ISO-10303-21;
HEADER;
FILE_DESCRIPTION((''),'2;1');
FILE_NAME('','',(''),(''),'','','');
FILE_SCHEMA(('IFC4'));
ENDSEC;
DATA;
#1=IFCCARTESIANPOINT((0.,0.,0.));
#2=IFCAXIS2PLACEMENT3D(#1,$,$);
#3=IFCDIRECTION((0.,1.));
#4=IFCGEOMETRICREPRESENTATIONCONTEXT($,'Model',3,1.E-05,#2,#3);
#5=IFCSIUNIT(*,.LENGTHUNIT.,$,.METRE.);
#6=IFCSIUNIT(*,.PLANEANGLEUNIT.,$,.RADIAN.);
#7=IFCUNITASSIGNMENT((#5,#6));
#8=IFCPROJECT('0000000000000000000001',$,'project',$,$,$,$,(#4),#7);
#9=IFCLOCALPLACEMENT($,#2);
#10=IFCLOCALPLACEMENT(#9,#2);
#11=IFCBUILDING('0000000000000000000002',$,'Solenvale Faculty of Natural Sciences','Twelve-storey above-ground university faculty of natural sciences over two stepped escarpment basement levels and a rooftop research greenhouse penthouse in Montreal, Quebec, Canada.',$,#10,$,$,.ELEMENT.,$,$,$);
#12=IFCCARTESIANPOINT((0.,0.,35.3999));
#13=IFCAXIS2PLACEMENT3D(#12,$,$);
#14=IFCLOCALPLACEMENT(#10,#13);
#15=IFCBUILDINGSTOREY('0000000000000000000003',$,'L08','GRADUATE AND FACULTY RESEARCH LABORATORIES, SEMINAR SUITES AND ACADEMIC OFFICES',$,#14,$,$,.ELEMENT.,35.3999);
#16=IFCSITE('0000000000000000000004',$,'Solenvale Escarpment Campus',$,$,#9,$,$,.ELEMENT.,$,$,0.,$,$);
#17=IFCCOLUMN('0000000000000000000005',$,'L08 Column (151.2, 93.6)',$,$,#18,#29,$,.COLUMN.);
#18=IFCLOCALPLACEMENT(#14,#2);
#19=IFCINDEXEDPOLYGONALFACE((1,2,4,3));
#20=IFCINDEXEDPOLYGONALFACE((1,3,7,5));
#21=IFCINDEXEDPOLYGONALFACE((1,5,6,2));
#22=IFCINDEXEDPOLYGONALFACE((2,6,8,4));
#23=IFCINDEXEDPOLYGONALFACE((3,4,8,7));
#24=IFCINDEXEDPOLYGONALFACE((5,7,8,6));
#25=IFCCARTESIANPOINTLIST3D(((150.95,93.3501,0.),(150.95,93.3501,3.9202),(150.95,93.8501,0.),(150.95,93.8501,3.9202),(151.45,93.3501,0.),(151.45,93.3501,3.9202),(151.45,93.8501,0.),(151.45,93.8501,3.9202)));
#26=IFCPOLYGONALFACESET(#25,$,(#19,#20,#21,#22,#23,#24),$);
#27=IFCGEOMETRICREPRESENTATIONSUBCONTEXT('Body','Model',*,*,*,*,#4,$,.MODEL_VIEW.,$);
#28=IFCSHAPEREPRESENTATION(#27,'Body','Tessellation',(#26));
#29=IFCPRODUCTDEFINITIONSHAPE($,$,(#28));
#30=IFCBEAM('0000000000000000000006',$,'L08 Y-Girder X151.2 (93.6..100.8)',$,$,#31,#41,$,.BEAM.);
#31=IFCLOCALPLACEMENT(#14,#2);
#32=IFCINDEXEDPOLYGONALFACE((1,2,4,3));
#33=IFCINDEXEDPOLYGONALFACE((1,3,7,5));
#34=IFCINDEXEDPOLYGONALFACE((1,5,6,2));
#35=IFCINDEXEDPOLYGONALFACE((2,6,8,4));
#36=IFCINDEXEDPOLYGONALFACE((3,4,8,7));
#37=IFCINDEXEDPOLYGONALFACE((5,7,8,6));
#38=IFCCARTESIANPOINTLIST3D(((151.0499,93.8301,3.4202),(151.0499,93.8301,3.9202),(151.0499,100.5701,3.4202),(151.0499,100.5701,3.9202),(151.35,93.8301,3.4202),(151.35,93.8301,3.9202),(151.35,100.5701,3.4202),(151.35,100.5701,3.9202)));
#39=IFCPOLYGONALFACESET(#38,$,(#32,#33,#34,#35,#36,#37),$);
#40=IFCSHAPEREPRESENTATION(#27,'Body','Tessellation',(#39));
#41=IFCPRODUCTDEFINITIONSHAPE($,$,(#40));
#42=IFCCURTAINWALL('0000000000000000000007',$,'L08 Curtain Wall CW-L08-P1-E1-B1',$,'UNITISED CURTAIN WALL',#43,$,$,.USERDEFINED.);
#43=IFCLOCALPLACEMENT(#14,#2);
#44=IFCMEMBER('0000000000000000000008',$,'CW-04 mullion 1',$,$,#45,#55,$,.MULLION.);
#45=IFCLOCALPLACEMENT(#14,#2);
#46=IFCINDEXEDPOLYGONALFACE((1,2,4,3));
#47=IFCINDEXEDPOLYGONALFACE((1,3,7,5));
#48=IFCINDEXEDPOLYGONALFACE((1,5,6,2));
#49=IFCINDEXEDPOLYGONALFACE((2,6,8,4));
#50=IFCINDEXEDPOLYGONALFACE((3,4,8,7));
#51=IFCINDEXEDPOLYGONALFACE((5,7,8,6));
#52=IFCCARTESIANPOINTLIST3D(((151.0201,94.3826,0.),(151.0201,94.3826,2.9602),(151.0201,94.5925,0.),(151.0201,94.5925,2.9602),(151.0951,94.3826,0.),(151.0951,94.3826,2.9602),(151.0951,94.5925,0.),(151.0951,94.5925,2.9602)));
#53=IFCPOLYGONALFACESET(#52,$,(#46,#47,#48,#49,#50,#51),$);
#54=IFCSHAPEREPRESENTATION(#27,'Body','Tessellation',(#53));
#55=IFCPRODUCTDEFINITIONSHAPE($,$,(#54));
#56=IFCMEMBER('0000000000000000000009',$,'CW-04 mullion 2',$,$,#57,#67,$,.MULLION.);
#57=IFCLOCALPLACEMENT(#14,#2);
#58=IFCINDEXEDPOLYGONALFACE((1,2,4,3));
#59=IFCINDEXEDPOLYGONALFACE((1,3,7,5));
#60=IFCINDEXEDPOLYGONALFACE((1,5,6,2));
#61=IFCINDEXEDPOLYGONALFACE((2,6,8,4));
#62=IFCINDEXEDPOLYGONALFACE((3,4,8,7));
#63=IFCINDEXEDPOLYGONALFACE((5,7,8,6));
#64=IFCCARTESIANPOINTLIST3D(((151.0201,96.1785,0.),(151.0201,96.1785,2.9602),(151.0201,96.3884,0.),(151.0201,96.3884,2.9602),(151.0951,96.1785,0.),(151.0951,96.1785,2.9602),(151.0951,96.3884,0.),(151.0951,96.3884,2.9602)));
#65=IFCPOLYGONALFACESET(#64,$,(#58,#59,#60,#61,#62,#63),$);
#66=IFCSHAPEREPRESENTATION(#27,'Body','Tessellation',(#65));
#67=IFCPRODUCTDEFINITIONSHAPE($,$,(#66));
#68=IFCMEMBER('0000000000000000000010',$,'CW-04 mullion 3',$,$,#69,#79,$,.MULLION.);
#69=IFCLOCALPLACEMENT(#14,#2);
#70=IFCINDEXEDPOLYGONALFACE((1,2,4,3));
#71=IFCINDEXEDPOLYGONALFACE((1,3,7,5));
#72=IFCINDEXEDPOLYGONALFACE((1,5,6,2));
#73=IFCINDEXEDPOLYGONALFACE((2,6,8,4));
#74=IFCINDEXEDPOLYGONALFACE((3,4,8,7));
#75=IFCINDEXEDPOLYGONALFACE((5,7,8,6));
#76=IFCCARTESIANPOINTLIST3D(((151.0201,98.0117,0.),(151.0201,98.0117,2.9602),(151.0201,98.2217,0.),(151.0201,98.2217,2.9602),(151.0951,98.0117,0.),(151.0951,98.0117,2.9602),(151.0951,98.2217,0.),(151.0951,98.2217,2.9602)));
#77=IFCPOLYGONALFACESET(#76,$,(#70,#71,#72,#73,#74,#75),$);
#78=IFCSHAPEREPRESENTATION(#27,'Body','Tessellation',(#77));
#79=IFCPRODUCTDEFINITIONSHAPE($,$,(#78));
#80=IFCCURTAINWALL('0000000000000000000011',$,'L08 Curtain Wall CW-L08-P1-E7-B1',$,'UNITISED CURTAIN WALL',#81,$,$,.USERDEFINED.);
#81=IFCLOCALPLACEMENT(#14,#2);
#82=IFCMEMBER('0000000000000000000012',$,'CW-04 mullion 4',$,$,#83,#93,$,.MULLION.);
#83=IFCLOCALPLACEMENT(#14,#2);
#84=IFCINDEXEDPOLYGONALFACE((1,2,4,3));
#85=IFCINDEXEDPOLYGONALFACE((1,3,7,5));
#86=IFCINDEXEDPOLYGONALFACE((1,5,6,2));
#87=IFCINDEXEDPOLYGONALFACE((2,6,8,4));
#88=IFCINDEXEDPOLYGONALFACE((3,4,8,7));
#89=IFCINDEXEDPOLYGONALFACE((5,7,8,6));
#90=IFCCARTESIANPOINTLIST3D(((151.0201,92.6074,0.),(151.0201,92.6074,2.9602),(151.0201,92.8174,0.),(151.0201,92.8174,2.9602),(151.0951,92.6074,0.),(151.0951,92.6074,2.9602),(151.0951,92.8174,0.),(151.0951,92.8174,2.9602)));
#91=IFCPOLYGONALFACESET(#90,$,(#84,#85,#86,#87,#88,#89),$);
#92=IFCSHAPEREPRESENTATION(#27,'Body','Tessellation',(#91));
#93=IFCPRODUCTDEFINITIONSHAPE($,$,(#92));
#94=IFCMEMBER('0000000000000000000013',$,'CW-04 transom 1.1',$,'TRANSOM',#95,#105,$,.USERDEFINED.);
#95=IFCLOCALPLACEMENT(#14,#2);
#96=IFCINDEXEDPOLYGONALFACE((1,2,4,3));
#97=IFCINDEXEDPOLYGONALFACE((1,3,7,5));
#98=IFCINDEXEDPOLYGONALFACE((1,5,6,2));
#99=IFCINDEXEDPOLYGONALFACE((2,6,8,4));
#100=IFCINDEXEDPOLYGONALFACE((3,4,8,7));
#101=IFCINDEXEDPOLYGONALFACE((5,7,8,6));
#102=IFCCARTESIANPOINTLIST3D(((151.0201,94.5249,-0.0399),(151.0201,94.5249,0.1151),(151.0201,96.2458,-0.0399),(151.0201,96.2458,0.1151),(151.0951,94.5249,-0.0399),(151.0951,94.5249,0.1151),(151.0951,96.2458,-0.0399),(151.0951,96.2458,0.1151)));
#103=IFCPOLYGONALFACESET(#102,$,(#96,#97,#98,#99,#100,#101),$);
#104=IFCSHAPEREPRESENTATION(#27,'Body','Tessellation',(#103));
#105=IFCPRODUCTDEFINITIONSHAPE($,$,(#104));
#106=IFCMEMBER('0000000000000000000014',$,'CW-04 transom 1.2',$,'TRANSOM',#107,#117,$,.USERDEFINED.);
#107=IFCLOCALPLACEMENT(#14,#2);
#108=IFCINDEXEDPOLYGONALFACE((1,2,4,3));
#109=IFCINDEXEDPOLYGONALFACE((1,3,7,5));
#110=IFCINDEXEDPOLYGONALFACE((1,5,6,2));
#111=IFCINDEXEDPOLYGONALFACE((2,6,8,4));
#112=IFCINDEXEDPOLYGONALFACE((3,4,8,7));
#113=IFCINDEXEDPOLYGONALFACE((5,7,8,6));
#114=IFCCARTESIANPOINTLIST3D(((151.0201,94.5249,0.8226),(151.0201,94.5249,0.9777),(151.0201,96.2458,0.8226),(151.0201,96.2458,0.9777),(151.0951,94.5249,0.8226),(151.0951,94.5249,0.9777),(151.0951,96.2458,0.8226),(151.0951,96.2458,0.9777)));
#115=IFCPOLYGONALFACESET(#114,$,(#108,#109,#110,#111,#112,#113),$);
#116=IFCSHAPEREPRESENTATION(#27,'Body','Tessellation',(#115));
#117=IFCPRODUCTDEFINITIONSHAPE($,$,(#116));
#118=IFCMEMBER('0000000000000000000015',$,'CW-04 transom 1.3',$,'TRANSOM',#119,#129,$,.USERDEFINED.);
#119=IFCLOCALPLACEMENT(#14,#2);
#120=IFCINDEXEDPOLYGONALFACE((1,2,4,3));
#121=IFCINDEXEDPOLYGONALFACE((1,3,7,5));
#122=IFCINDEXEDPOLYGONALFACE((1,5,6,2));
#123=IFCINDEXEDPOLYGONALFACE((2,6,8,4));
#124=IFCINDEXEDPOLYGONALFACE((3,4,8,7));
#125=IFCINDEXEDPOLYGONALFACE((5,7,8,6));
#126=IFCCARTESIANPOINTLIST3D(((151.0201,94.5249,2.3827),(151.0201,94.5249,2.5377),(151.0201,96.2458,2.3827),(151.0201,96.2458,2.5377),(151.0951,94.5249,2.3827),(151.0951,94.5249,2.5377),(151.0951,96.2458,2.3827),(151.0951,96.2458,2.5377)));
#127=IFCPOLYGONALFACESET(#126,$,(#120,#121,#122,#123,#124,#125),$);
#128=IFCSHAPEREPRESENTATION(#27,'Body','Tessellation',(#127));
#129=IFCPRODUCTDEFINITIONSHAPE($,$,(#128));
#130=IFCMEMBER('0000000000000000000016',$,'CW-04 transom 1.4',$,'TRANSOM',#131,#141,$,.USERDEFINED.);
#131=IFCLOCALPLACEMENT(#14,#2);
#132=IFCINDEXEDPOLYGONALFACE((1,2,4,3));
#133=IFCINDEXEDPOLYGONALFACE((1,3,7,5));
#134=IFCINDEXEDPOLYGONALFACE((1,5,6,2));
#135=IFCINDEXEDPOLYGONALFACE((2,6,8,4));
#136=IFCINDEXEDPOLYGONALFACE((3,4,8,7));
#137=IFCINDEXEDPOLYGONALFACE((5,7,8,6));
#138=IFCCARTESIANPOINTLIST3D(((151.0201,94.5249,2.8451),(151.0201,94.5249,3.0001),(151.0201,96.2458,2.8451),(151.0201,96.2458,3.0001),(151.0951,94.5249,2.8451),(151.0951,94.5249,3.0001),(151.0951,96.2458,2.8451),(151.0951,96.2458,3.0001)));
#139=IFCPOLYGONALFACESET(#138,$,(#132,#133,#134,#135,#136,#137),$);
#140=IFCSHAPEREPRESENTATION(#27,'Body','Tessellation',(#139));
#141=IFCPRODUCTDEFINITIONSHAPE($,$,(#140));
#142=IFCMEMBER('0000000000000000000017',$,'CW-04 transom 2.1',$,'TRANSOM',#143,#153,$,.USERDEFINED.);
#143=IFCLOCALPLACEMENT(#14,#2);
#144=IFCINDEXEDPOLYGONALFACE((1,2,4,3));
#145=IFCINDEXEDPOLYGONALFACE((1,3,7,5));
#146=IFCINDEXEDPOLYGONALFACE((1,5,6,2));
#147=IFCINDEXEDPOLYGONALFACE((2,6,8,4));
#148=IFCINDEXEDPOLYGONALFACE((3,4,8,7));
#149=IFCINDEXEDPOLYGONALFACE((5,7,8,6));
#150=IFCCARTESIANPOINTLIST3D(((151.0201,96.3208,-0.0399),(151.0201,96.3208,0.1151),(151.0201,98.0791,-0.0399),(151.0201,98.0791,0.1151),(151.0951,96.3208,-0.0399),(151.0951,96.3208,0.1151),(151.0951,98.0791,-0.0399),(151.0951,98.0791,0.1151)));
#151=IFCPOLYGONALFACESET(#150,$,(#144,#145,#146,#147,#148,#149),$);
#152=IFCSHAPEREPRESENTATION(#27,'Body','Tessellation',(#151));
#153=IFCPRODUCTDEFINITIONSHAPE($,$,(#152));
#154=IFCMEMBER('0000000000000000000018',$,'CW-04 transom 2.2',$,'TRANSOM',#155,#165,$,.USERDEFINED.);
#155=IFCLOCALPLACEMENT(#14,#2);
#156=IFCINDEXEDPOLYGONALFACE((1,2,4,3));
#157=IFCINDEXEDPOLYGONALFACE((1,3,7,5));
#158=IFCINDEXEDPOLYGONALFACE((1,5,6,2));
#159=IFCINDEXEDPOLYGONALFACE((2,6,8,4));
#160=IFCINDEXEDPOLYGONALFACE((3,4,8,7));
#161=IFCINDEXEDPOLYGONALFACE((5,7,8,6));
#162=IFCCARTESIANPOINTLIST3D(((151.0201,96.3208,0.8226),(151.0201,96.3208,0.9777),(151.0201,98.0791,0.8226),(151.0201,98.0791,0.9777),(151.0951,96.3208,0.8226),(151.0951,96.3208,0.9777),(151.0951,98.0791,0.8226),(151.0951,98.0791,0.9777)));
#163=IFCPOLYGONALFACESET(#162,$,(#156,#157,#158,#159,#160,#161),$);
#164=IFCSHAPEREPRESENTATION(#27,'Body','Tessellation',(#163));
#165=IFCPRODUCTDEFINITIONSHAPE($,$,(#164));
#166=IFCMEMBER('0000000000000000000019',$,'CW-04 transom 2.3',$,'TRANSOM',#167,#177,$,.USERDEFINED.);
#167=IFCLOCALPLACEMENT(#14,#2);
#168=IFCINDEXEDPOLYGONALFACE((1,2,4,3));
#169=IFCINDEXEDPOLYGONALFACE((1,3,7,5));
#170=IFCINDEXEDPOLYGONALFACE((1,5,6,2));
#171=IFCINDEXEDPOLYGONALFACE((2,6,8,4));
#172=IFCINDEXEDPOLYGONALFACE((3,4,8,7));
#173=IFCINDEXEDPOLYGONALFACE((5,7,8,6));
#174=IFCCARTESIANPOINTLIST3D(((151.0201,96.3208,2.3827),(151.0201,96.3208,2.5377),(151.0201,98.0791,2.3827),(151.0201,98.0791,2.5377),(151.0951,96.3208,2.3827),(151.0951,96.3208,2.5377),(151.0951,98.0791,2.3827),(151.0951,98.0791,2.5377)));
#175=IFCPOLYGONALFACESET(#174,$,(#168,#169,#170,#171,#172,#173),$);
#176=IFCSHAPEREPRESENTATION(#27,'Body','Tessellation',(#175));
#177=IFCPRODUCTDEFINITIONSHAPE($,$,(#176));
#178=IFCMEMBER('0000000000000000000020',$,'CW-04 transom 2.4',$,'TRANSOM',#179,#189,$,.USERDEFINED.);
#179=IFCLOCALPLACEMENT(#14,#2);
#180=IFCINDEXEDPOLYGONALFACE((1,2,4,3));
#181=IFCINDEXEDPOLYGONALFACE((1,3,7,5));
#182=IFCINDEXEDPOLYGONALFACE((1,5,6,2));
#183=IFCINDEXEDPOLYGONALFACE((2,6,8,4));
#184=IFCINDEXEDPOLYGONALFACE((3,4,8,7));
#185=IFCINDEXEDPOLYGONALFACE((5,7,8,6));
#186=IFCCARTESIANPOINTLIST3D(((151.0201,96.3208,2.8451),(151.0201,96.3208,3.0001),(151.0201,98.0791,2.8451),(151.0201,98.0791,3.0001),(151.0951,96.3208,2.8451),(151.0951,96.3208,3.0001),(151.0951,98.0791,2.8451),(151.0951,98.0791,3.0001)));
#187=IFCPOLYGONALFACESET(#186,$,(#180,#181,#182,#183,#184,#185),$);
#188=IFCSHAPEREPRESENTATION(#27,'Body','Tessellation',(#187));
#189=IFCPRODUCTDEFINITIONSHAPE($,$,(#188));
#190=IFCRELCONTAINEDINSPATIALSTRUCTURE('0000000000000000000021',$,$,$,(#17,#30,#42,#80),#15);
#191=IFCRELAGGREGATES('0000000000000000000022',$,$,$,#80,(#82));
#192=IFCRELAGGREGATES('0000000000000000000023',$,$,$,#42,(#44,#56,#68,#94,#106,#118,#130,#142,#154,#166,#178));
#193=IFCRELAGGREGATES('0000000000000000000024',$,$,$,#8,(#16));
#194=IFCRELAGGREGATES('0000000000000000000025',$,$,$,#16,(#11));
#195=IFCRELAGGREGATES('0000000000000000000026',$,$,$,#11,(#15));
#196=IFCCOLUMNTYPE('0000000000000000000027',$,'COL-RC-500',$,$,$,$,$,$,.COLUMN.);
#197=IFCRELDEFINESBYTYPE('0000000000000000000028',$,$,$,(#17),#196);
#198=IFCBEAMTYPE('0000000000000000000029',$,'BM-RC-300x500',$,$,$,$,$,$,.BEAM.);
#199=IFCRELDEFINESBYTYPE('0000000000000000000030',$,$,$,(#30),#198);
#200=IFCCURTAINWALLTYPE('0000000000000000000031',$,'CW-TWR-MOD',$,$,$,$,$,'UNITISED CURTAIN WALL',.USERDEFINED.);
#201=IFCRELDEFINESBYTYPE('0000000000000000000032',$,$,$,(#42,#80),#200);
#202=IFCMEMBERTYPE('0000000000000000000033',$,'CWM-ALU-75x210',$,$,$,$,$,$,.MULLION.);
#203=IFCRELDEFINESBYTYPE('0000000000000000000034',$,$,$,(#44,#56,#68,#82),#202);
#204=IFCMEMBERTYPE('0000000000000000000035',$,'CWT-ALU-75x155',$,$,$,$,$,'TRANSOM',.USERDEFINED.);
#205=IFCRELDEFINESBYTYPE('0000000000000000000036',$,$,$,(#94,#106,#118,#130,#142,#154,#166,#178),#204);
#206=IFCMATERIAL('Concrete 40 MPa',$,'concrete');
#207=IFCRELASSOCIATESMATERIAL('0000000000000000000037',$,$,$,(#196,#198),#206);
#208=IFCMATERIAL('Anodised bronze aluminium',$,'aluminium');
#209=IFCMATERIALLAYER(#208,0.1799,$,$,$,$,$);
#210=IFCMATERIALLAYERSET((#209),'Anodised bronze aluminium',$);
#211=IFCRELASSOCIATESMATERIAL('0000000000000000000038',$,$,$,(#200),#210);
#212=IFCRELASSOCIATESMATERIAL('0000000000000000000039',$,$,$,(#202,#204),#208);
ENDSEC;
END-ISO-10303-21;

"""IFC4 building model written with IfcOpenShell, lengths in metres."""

from ifc_helpers import new_model, si_unit, direction, frame, origin, origin_2d, place, context, subcontext, project, spatial, rectangle, extrude, material, layer, layer_set, material_profile, profile_set, type_object, element, aggregate, save


model = new_model("IFC4")

# Units and contexts
model_context = context("Model", 3, precision=1e-05, world=origin(), true_north=direction((0.0, 1.0)))
body_context = subcontext(model_context, "Body", "Model", "MODEL_VIEW")
ifc_project = project(units=[si_unit("LENGTHUNIT", "METRE"), si_unit("PLANEANGLEUNIT", "RADIAN")], contexts=[model_context])

# Site, building, storey
site_placement = place(None, origin())
site = spatial("IfcSite", under=ifc_project, at=site_placement, Name="Solenvale Escarpment Campus", CompositionType="ELEMENT", RefElevation=0.0)
building_placement = place(site_placement, origin())
building = spatial("IfcBuilding", under=site, at=building_placement, Name="Solenvale Faculty of Natural Sciences", Description="Twelve-storey above-ground university faculty of natural sciences over two stepped escarpment basement levels and a rooftop research greenhouse penthouse in Montreal, Quebec, Canada.", CompositionType="ELEMENT")
storey_placement = place(building_placement, frame((0.0, 0.0, 35.3999)))
storey = spatial("IfcBuildingStorey", under=building, at=storey_placement, Name="L08", Description="GRADUATE AND FACULTY RESEARCH LABORATORIES, SEMINAR SUITES AND ACADEMIC OFFICES", CompositionType="ELEMENT", Elevation=35.3999)

# Column
ifc_material_1 = material(Name="Concrete 40 MPa", Category="concrete")
ifc_material_profile_1 = material_profile(ifc_material_1, rectangle(XDim=0.5, YDim=0.5, at=origin_2d()), Name="RC-COL-500x500")
ifc_profile_set_1 = profile_set([ifc_material_profile_1], Name="Concrete 40 MPa")
column_type = type_object("IfcColumnType", Name="COL-RC-500", PredefinedType="COLUMN", material=ifc_profile_set_1)
column_placement = place(storey_placement, frame((151.2, 93.6001, 0.0), z_axis=(0.0, 0.0, 1.0), x_axis=(1.0, 0.0, 0.0)))
element("IfcColumn", 1, at=column_placement, inside=storey, type_object=column_type, Name="L08 Column (151.2, 93.6)", PredefinedType="COLUMN", context=body_context, shape_type="SweptSolid", body=[
    extrude(rectangle(XDim=0.5, YDim=0.5, at=origin_2d()), origin(), (0.0, 0.0, 1.0), 3.9202),
])

# Beam
ifc_material_profile_2 = material_profile(ifc_material_1, rectangle(XDim=0.3, YDim=0.5, at=origin_2d()), Name="RC-BM-300x500")
ifc_profile_set_2 = profile_set([ifc_material_profile_2], Name="Concrete 40 MPa")
beam_type = type_object("IfcBeamType", Name="BM-RC-300x500", PredefinedType="BEAM", material=ifc_profile_set_2)
beam_placement = place(storey_placement, frame((151.2, 93.8301, 3.6702), z_axis=(0.0, 1.0, 0.0), x_axis=(-1.0, 0.0, 0.0)))
element("IfcBeam", 2, at=beam_placement, inside=storey, type_object=beam_type, Name="L08 Y-Girder X151.2 (93.6..100.8)", PredefinedType="BEAM", context=body_context, shape_type="SweptSolid", body=[
    extrude(rectangle(XDim=0.3, YDim=0.5, at=origin_2d()), origin(), (0.0, 0.0, 1.0), 6.74),
])

# Curtain wall, members
ifc_material_2 = material(Name="Anodised bronze aluminium", Category="aluminium")
ifc_layer_1 = layer(ifc_material_2, 0.1799)
ifc_layer_set_1 = layer_set([ifc_layer_1], Name="Anodised bronze aluminium")
curtain_wall_type = type_object("IfcCurtainWallType", Name="CW-TWR-MOD", ElementType="UNITISED CURTAIN WALL", PredefinedType="USERDEFINED", material=ifc_layer_set_1)
curtain_wall_1_placement = place(storey_placement, origin())
curtain_wall_1 = element("IfcCurtainWall", 3, at=curtain_wall_1_placement, inside=storey, type_object=curtain_wall_type, Name="L08 Curtain Wall CW-L08-P1-E1-B1", ObjectType="UNITISED CURTAIN WALL", PredefinedType="USERDEFINED")
ifc_material_profile_3 = material_profile(ifc_material_2, rectangle(XDim=0.075, YDim=0.21, at=origin_2d()), Name="ALU-MUL-75x210")
ifc_profile_set_3 = profile_set([ifc_material_profile_3], Name="Anodised bronze aluminium")
member_type_1 = type_object("IfcMemberType", Name="CWM-ALU-75x210", PredefinedType="MULLION", material=ifc_profile_set_3)
member_1_placement = place(storey_placement, frame((151.0576, 94.4875, 0.0), z_axis=(0.0, 0.0, 1.0), x_axis=(-1.0, 0.0, 0.0)))
member_1 = element("IfcMember", 4, at=member_1_placement, type_object=member_type_1, Name="CW-04 mullion 1", PredefinedType="MULLION", context=body_context, shape_type="SweptSolid", body=[
    extrude(rectangle(XDim=0.075, YDim=0.21, at=origin_2d()), origin(), (0.0, 0.0, 1.0), 2.9602),
])
member_2_placement = place(storey_placement, frame((151.0576, 96.2834, 0.0), z_axis=(0.0, 0.0, 1.0), x_axis=(-1.0, 0.0, 0.0)))
member_2 = element("IfcMember", 5, at=member_2_placement, type_object=member_type_1, Name="CW-04 mullion 2", PredefinedType="MULLION", context=body_context, shape_type="SweptSolid", body=[
    extrude(rectangle(XDim=0.075, YDim=0.21, at=origin_2d()), origin(), (0.0, 0.0, 1.0), 2.9602),
])
member_3_placement = place(storey_placement, frame((151.0576, 98.1167, 0.0), z_axis=(0.0, 0.0, 1.0), x_axis=(-1.0, 0.0, 0.0)))
member_3 = element("IfcMember", 6, at=member_3_placement, type_object=member_type_1, Name="CW-04 mullion 3", PredefinedType="MULLION", context=body_context, shape_type="SweptSolid", body=[
    extrude(rectangle(XDim=0.075, YDim=0.21, at=origin_2d()), origin(), (0.0, 0.0, 1.0), 2.9602),
])

# Curtain wall, member
curtain_wall_2_placement = place(storey_placement, origin())
curtain_wall_2 = element("IfcCurtainWall", 7, at=curtain_wall_2_placement, inside=storey, type_object=curtain_wall_type, Name="L08 Curtain Wall CW-L08-P1-E7-B1", ObjectType="UNITISED CURTAIN WALL", PredefinedType="USERDEFINED")
member_4_placement = place(storey_placement, frame((151.0576, 92.7124, 0.0), z_axis=(0.0, 0.0, 1.0), x_axis=(-1.0, 0.0, 0.0)))
member_4 = element("IfcMember", 8, at=member_4_placement, type_object=member_type_1, Name="CW-04 mullion 4", PredefinedType="MULLION", context=body_context, shape_type="SweptSolid", body=[
    extrude(rectangle(XDim=0.075, YDim=0.21, at=origin_2d()), origin(), (0.0, 0.0, 1.0), 2.9602),
])

# Members
ifc_material_profile_4 = material_profile(ifc_material_2, rectangle(XDim=0.075, YDim=0.155, at=origin_2d()), Name="ALU-TRN-75x155")
ifc_profile_set_4 = profile_set([ifc_material_profile_4], Name="Anodised bronze aluminium")
member_type_2 = type_object("IfcMemberType", Name="CWT-ALU-75x155", ElementType="TRANSOM", PredefinedType="USERDEFINED", material=ifc_profile_set_4)
member_5_placement = place(storey_placement, frame((151.0576, 94.5249, 0.0376), z_axis=(0.0, 1.0, 0.0), x_axis=(-1.0, 0.0, 0.0)))
member_5 = element("IfcMember", 9, at=member_5_placement, type_object=member_type_2, Name="CW-04 transom 1.1", ObjectType="TRANSOM", PredefinedType="USERDEFINED", context=body_context, shape_type="SweptSolid", body=[
    extrude(rectangle(XDim=0.075, YDim=0.155, at=origin_2d()), origin(), (0.0, 0.0, 1.0), 1.7209),
])
member_6_placement = place(storey_placement, frame((151.0576, 94.5249, 0.9001), z_axis=(0.0, 1.0, 0.0), x_axis=(-1.0, 0.0, 0.0)))
member_6 = element("IfcMember", 10, at=member_6_placement, type_object=member_type_2, Name="CW-04 transom 1.2", ObjectType="TRANSOM", PredefinedType="USERDEFINED", context=body_context, shape_type="SweptSolid", body=[
    extrude(rectangle(XDim=0.075, YDim=0.155, at=origin_2d()), origin(), (0.0, 0.0, 1.0), 1.7209),
])
member_7_placement = place(storey_placement, frame((151.0576, 94.5249, 2.4602), z_axis=(0.0, 1.0, 0.0), x_axis=(-1.0, 0.0, 0.0)))
member_7 = element("IfcMember", 11, at=member_7_placement, type_object=member_type_2, Name="CW-04 transom 1.3", ObjectType="TRANSOM", PredefinedType="USERDEFINED", context=body_context, shape_type="SweptSolid", body=[
    extrude(rectangle(XDim=0.075, YDim=0.155, at=origin_2d()), origin(), (0.0, 0.0, 1.0), 1.7209),
])
member_8_placement = place(storey_placement, frame((151.0576, 94.5249, 2.9226), z_axis=(0.0, 1.0, 0.0), x_axis=(-1.0, 0.0, 0.0)))
member_8 = element("IfcMember", 12, at=member_8_placement, type_object=member_type_2, Name="CW-04 transom 1.4", ObjectType="TRANSOM", PredefinedType="USERDEFINED", context=body_context, shape_type="SweptSolid", body=[
    extrude(rectangle(XDim=0.075, YDim=0.155, at=origin_2d()), origin(), (0.0, 0.0, 1.0), 1.7209),
])
member_9_placement = place(storey_placement, frame((151.0576, 96.3208, 0.0376), z_axis=(0.0, 1.0, 0.0), x_axis=(-1.0, 0.0, 0.0)))
member_9 = element("IfcMember", 13, at=member_9_placement, type_object=member_type_2, Name="CW-04 transom 2.1", ObjectType="TRANSOM", PredefinedType="USERDEFINED", context=body_context, shape_type="SweptSolid", body=[
    extrude(rectangle(XDim=0.075, YDim=0.155, at=origin_2d()), origin(), (0.0, 0.0, 1.0), 1.7583),
])
member_10_placement = place(storey_placement, frame((151.0576, 96.3208, 0.9001), z_axis=(0.0, 1.0, 0.0), x_axis=(-1.0, 0.0, 0.0)))
member_10 = element("IfcMember", 14, at=member_10_placement, type_object=member_type_2, Name="CW-04 transom 2.2", ObjectType="TRANSOM", PredefinedType="USERDEFINED", context=body_context, shape_type="SweptSolid", body=[
    extrude(rectangle(XDim=0.075, YDim=0.155, at=origin_2d()), origin(), (0.0, 0.0, 1.0), 1.7583),
])
member_11_placement = place(storey_placement, frame((151.0576, 96.3208, 2.4602), z_axis=(0.0, 1.0, 0.0), x_axis=(-1.0, 0.0, 0.0)))
member_11 = element("IfcMember", 15, at=member_11_placement, type_object=member_type_2, Name="CW-04 transom 2.3", ObjectType="TRANSOM", PredefinedType="USERDEFINED", context=body_context, shape_type="SweptSolid", body=[
    extrude(rectangle(XDim=0.075, YDim=0.155, at=origin_2d()), origin(), (0.0, 0.0, 1.0), 1.7583),
])
member_12_placement = place(storey_placement, frame((151.0576, 96.3208, 2.9226), z_axis=(0.0, 1.0, 0.0), x_axis=(-1.0, 0.0, 0.0)))
member_12 = element("IfcMember", 16, at=member_12_placement, type_object=member_type_2, Name="CW-04 transom 2.4", ObjectType="TRANSOM", PredefinedType="USERDEFINED", context=body_context, shape_type="SweptSolid", body=[
    extrude(rectangle(XDim=0.075, YDim=0.155, at=origin_2d()), origin(), (0.0, 0.0, 1.0), 1.7583),
])

aggregate(curtain_wall_2, [member_4])
aggregate(curtain_wall_1, [member_1, member_2, member_3, member_5, member_6, member_7, member_8, member_9, member_10, member_11, member_12])

save(model, "model.ifc")
